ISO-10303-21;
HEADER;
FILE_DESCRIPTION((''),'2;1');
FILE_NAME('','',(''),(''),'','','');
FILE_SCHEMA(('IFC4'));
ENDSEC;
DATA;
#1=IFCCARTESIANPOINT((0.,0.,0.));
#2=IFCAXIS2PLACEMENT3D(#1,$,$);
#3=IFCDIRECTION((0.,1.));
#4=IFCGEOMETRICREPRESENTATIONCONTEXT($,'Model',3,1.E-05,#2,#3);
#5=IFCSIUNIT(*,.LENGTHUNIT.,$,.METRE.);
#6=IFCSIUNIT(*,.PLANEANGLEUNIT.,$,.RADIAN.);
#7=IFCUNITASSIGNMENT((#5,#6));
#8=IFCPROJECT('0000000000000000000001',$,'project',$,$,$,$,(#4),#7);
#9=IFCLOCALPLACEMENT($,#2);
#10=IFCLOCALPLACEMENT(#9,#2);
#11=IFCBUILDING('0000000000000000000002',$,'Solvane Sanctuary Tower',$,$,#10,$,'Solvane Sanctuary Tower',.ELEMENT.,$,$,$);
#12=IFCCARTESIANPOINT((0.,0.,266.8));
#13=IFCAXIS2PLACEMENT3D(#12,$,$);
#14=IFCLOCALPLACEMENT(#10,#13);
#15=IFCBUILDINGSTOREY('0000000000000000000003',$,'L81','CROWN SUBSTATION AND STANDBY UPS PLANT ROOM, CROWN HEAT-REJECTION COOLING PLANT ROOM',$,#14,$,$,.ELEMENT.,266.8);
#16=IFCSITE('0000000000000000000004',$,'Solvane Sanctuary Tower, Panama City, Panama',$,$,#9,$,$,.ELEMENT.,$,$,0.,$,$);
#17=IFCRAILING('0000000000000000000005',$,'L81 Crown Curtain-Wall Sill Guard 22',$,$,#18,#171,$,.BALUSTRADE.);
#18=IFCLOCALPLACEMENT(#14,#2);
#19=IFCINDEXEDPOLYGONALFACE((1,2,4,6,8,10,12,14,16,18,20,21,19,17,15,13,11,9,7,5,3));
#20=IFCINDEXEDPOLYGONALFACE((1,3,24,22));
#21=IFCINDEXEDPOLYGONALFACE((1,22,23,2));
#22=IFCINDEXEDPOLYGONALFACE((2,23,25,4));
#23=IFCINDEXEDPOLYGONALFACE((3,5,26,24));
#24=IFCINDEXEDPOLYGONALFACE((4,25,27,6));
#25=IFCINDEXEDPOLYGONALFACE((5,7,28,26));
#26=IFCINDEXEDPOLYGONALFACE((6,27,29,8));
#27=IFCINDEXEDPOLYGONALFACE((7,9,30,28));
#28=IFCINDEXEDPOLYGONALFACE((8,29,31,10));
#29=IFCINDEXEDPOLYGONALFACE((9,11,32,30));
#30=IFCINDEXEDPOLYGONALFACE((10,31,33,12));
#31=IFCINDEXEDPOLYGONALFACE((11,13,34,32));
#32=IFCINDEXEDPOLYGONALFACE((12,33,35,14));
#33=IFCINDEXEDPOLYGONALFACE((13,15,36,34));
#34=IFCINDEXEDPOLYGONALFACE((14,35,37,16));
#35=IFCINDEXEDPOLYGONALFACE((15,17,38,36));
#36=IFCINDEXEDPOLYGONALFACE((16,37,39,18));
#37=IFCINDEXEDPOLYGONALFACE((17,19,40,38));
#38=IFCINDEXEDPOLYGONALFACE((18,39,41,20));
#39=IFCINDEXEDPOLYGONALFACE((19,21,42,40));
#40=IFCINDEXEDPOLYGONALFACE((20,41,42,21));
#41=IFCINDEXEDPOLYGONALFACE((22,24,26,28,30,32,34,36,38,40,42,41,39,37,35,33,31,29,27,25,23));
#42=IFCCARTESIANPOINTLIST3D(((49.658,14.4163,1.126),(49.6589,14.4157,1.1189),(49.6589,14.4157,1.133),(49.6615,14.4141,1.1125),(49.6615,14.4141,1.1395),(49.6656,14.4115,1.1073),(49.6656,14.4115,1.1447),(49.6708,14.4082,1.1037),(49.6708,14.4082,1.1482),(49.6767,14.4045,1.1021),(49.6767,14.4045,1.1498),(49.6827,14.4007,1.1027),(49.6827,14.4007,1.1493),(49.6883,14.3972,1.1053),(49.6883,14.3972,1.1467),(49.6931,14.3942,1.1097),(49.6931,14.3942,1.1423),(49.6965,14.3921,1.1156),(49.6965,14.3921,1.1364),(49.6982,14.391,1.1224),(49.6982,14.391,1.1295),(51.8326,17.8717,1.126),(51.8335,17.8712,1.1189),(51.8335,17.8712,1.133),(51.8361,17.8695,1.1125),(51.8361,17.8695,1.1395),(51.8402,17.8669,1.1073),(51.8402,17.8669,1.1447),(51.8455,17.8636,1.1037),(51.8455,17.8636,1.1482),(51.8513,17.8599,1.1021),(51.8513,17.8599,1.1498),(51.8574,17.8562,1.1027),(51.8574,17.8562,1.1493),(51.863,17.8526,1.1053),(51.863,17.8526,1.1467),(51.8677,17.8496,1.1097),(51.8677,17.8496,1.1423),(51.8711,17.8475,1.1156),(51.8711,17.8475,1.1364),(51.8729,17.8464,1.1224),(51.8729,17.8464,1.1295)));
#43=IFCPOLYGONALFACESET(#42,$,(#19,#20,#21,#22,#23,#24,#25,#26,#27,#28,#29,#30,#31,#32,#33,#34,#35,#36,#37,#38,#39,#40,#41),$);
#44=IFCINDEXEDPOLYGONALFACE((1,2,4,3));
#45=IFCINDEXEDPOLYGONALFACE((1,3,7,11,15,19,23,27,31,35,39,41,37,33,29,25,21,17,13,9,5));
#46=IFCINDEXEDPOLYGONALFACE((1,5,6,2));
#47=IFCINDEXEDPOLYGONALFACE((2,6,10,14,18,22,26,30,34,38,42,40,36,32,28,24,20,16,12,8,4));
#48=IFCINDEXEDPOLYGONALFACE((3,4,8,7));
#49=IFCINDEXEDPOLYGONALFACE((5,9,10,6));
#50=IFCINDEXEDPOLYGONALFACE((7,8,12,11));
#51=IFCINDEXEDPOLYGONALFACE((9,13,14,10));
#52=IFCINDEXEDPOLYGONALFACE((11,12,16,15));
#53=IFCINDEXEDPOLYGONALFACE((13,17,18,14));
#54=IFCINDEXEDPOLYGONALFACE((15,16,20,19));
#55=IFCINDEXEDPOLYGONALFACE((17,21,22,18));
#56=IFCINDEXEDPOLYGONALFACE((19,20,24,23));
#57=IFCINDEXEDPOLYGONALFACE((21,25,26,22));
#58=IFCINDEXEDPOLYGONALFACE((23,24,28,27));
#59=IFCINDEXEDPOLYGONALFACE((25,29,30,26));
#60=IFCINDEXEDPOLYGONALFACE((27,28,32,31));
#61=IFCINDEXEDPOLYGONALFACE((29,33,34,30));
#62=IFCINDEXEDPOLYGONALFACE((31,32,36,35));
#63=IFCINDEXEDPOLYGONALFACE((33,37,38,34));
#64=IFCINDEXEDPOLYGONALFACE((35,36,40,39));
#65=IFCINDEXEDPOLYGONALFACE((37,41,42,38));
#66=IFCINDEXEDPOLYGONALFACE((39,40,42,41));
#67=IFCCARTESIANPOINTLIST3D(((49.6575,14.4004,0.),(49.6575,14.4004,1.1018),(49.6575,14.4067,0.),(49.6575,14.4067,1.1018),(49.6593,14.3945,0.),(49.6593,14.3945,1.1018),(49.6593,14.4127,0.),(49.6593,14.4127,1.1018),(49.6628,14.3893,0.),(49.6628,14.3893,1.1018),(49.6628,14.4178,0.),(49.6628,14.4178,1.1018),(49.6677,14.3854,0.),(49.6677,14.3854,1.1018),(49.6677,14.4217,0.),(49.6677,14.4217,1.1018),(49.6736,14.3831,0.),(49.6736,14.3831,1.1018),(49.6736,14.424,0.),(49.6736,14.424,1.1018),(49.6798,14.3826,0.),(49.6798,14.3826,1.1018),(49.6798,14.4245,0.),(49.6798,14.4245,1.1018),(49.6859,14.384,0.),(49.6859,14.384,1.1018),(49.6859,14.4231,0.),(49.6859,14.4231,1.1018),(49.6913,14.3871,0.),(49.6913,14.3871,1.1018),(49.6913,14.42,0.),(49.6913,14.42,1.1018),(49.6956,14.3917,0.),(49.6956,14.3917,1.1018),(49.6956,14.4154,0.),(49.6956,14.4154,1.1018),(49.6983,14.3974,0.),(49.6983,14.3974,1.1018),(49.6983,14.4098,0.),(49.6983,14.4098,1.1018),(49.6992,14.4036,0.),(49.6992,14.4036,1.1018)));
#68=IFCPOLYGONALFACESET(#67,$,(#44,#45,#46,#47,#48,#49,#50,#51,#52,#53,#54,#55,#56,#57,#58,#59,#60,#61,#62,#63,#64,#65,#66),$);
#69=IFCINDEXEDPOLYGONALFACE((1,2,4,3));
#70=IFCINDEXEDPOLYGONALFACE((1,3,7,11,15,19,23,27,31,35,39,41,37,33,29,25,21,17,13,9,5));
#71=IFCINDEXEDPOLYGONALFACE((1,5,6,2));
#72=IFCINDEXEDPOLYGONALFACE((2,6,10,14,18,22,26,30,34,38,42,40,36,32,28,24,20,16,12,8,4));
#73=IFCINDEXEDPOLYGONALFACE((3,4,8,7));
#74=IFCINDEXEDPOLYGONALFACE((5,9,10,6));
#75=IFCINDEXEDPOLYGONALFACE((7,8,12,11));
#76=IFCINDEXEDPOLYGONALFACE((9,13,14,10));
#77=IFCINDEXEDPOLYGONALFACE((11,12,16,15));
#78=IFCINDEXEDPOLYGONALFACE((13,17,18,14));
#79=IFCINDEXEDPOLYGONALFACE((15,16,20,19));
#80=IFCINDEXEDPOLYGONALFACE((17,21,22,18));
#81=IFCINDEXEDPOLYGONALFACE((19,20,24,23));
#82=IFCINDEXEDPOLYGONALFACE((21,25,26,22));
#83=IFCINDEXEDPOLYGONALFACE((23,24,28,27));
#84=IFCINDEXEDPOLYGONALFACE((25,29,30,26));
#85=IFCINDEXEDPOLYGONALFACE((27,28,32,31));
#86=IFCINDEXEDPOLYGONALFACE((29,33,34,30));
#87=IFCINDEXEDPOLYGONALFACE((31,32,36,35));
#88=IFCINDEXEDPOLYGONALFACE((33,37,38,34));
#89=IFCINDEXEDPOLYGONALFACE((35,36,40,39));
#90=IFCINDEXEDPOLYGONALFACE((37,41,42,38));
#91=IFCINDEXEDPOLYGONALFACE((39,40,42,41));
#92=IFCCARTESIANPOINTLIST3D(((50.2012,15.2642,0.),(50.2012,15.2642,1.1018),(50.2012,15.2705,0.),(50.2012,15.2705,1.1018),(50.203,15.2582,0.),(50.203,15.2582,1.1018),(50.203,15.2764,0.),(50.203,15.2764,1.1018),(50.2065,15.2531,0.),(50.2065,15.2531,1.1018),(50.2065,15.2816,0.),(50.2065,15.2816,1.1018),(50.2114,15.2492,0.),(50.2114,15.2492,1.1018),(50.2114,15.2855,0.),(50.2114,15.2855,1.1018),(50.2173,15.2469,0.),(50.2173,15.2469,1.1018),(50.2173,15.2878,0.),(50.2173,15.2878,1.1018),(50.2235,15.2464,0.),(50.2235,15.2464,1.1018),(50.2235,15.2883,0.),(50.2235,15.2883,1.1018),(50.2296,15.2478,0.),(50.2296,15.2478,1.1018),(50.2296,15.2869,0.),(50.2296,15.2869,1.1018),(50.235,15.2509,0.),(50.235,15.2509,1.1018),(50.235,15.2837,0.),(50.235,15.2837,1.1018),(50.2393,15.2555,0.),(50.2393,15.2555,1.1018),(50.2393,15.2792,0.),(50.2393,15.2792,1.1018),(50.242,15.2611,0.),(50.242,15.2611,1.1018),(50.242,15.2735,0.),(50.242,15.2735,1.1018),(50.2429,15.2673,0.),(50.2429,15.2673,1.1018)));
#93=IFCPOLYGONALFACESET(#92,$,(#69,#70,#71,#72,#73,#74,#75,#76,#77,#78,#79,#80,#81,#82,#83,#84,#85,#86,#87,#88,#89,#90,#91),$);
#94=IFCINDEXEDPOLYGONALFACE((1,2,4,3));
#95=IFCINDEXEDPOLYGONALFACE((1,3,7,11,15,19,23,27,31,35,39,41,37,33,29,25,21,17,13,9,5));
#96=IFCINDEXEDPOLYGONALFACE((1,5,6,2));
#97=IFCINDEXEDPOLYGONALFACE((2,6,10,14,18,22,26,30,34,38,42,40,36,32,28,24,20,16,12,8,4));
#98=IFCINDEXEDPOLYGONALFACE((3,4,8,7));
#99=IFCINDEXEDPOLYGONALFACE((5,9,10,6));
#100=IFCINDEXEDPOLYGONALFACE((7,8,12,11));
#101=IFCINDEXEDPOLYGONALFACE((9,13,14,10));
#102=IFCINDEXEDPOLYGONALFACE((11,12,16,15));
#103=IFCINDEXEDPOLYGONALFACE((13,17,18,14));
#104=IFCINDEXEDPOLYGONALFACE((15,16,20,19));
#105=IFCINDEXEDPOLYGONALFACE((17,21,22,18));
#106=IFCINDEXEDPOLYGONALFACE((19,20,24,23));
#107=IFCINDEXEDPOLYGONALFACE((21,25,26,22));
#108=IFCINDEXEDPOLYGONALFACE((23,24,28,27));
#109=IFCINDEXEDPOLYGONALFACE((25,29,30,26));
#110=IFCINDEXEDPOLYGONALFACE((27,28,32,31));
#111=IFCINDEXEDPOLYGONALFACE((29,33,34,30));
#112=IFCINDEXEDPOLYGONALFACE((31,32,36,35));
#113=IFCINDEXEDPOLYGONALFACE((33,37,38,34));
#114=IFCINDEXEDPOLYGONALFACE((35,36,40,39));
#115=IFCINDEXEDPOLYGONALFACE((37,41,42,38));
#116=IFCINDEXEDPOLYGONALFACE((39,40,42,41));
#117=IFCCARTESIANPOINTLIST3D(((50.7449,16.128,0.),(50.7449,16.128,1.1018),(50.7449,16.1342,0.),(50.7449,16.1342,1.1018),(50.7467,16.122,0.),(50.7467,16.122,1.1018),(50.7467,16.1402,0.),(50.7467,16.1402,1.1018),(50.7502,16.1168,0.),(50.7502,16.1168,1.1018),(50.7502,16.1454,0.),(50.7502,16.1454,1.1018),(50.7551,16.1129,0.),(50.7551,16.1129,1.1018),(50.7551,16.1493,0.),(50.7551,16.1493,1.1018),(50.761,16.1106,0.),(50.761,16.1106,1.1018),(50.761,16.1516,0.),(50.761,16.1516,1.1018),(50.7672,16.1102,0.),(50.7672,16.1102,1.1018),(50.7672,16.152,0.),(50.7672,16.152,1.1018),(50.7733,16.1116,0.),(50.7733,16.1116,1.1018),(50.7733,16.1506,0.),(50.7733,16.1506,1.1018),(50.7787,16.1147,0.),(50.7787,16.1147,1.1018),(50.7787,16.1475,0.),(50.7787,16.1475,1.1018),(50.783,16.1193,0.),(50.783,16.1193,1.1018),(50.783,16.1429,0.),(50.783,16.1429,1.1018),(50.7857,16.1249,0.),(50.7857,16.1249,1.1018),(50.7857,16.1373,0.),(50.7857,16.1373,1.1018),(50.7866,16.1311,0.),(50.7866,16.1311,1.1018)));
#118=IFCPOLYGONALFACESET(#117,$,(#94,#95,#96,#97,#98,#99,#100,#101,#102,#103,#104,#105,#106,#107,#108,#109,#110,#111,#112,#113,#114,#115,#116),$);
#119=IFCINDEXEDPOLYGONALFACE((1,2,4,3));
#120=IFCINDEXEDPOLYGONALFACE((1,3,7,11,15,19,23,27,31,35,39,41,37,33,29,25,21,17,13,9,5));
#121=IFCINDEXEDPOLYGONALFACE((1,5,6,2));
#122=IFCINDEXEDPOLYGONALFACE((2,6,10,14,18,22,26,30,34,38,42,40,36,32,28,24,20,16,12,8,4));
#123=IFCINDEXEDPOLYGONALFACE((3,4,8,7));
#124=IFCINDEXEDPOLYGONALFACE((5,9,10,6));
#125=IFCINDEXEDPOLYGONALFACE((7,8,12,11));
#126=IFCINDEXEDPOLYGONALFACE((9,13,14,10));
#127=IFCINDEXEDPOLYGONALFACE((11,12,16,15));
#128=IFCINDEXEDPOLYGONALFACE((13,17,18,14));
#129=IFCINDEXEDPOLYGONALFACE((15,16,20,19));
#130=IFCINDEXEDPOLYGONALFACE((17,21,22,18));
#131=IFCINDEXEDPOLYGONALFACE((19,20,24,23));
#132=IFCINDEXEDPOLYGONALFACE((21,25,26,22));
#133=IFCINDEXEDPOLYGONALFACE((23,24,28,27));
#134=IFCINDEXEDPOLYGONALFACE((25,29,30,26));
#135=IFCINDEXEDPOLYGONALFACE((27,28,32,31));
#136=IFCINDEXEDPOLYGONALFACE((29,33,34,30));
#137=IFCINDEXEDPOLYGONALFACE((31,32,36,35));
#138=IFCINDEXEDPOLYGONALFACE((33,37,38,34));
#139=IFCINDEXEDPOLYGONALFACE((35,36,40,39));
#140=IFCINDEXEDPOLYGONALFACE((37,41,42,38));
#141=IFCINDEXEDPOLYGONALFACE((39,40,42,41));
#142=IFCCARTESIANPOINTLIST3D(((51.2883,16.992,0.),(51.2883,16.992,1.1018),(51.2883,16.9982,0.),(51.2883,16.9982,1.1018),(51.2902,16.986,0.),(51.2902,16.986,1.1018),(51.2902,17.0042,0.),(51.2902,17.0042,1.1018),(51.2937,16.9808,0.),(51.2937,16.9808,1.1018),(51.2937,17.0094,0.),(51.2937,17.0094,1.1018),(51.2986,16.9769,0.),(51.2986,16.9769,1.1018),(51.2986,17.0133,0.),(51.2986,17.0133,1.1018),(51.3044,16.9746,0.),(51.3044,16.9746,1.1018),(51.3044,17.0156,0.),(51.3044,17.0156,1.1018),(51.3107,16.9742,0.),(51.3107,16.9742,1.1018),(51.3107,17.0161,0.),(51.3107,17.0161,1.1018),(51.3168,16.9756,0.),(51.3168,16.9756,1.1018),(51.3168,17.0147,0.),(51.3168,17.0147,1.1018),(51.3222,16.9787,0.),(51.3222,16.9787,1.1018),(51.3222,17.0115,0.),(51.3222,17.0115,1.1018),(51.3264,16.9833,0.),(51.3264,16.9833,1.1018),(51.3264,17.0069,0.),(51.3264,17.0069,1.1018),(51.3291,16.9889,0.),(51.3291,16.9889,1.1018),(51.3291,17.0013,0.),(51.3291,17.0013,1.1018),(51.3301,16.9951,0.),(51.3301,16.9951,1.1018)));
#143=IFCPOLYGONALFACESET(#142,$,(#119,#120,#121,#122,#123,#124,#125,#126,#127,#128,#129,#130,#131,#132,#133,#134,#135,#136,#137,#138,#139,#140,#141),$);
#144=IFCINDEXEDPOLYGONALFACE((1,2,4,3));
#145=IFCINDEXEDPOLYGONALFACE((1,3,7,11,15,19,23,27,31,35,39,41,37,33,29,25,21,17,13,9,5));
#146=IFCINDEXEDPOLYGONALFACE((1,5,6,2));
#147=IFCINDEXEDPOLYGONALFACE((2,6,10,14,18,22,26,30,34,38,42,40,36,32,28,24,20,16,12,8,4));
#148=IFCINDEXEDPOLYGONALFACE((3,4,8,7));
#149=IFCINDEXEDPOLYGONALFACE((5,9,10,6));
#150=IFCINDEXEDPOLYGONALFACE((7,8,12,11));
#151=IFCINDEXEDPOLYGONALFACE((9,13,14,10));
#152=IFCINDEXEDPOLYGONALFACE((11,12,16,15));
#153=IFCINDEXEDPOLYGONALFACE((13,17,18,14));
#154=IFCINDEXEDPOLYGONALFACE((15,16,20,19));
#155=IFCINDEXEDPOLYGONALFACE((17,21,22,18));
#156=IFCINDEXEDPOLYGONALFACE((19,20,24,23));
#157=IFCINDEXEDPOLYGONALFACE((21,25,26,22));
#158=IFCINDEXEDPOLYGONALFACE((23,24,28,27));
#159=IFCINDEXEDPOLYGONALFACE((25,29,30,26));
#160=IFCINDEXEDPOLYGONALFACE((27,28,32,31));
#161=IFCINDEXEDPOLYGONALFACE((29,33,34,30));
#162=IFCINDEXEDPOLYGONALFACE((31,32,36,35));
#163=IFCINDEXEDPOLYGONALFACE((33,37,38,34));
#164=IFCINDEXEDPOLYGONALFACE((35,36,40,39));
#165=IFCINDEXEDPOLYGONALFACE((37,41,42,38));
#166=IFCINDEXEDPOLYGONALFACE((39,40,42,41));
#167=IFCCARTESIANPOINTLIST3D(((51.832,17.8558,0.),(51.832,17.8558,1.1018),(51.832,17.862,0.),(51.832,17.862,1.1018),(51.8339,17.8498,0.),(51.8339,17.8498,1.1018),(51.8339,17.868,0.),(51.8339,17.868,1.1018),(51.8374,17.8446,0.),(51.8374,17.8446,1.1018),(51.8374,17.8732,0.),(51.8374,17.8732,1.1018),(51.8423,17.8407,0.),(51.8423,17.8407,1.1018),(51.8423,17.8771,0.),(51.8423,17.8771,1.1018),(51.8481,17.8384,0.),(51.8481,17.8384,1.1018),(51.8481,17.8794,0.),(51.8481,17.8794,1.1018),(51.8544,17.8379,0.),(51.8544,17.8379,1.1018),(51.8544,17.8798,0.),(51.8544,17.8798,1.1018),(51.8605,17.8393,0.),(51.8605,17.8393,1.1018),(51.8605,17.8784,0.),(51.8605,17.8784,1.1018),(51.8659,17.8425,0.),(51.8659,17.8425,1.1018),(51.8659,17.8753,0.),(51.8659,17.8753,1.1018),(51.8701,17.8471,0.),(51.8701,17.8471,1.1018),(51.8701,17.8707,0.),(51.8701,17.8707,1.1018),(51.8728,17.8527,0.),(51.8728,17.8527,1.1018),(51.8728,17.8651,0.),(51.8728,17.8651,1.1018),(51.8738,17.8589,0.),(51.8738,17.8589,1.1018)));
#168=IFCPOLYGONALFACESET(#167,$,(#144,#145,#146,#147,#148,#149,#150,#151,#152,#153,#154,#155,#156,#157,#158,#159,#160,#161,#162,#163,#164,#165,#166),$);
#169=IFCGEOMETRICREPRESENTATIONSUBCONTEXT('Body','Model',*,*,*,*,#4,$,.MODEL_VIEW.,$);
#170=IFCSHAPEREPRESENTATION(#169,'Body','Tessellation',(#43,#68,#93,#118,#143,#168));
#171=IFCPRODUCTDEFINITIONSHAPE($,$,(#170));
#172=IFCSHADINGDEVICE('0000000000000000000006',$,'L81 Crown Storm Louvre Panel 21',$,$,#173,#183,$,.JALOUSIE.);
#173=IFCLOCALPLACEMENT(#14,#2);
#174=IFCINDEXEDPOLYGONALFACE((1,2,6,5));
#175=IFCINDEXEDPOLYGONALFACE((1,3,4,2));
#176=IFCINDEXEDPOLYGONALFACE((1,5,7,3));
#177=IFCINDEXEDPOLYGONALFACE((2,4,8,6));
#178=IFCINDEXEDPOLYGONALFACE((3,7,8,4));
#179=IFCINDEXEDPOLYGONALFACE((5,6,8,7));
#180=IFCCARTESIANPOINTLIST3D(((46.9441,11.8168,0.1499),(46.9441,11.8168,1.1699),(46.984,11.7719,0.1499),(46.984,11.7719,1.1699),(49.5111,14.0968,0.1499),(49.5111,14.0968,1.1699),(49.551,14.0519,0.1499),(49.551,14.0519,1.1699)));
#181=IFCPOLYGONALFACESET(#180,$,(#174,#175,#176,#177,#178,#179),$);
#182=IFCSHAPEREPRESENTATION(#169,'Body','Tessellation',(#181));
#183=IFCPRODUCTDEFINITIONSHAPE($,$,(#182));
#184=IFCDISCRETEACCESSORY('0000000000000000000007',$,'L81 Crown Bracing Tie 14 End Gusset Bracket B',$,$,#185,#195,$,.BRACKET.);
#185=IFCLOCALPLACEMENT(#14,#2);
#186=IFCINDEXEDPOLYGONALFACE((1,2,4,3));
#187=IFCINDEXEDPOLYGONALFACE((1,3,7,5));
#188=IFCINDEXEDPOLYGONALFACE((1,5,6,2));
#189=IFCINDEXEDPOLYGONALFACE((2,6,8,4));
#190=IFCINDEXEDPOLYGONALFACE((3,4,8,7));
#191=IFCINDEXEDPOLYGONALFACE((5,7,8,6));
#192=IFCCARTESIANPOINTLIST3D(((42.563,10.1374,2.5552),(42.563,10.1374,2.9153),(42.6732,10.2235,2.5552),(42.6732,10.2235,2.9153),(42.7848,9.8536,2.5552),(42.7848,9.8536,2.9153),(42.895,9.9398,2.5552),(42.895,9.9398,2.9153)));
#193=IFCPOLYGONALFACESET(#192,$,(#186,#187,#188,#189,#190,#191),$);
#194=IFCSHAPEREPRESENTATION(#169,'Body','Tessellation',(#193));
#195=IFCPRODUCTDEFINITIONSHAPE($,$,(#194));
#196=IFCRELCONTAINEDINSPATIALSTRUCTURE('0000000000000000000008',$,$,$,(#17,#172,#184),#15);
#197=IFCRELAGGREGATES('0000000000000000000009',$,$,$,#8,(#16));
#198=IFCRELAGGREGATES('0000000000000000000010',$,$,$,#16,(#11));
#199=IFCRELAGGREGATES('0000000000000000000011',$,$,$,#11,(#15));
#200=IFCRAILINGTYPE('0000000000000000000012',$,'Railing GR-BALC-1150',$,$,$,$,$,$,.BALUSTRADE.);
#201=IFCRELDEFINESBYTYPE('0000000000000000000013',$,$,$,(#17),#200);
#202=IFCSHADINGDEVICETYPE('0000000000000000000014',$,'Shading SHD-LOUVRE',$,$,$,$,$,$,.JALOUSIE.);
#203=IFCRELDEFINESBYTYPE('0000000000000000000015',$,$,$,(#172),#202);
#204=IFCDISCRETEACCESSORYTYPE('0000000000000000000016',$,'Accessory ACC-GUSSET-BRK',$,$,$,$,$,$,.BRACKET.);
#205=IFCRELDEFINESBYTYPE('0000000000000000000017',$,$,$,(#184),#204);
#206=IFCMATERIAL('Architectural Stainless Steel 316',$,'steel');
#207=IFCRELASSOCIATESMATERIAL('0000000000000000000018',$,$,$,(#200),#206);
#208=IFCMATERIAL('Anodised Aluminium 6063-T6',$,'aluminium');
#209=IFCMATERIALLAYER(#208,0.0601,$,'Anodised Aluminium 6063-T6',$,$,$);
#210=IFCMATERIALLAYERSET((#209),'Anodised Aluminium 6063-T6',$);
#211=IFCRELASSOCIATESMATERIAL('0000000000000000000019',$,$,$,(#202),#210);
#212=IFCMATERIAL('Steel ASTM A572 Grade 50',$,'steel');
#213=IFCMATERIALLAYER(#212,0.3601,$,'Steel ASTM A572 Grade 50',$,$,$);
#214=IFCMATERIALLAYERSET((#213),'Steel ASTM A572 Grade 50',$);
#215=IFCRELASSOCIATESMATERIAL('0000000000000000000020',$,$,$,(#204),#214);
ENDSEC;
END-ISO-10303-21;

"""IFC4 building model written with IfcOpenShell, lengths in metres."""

from ifc_helpers import new_model, si_unit, direction, frame, origin, origin_2d, place, context, subcontext, project, spatial, rectangle, circle, extrude, material, layer, layer_set, type_object, element, save


model = new_model("IFC4")

# Units and contexts
model_context = context("Model", 3, precision=1e-05, world=origin(), true_north=direction((0.0, 1.0)))
body_context = subcontext(model_context, "Body", "Model", "MODEL_VIEW")
ifc_project = project(units=[si_unit("LENGTHUNIT", "METRE"), si_unit("PLANEANGLEUNIT", "RADIAN")], contexts=[model_context])

# Site, building, storey
site_placement = place(None, origin())
site = spatial("IfcSite", under=ifc_project, at=site_placement, Name="Solvane Sanctuary Tower, Panama City, Panama", CompositionType="ELEMENT", RefElevation=0.0)
building_placement = place(site_placement, origin())
building = spatial("IfcBuilding", under=site, at=building_placement, Name="Solvane Sanctuary Tower", LongName="Solvane Sanctuary Tower", CompositionType="ELEMENT")
storey_placement = place(building_placement, frame((0.0, 0.0, 266.8)))
storey = spatial("IfcBuildingStorey", under=building, at=storey_placement, Name="L81", Description="CROWN SUBSTATION AND STANDBY UPS PLANT ROOM, CROWN HEAT-REJECTION COOLING PLANT ROOM", CompositionType="ELEMENT", Elevation=266.8)

# Shared definitions
ifc_material_1 = material(Name="Anodised Aluminium 6063-T6", Category="aluminium")

# Railing
ifc_material_2 = material(Name="Architectural Stainless Steel 316", Category="steel")
railing_type = type_object("IfcRailingType", Name="Railing GR-BALC-1150", PredefinedType="BALUSTRADE", material=ifc_material_2)
railing_1_placement = place(storey_placement, frame((49.6782, 14.4036, 0.0)))
element("IfcRailing", 1, at=railing_1_placement, inside=storey, type_object=railing_type, Name="L81 Crown Curtain-Wall Sill Guard 22", PredefinedType="BALUSTRADE", context=body_context, shape_type="SweptSolid", body=[
    extrude(circle(Radius=0.0239, at=origin_2d()), frame((0.0, 0.0, 1.126), z_axis=(0.532636, 0.846345, 0.0), x_axis=(-0.846345, 0.532636, 0.0)), (0.0, 0.0, 1.0), 4.0828),
    extrude(circle(Radius=0.021, at=origin_2d()), origin(), (0.0, 0.0, 1.0), 1.1018),
    extrude(circle(Radius=0.021, at=origin_2d()), frame((0.5437, 0.8638, 0.0)), (0.0, 0.0, 1.0), 1.1018),
    extrude(circle(Radius=0.021, at=origin_2d()), frame((1.0874, 1.7275, 0.0)), (0.0, 0.0, 1.0), 1.1018),
    extrude(circle(Radius=0.021, at=origin_2d()), frame((1.6309, 2.5916, 0.0)), (0.0, 0.0, 1.0), 1.1018),
    extrude(circle(Radius=0.021, at=origin_2d()), frame((2.1746, 3.4553, 0.0)), (0.0, 0.0, 1.0), 1.1018),
])

# Shading device
ifc_layer_1 = layer(ifc_material_1, 0.0601, Name="Anodised Aluminium 6063-T6")
ifc_layer_set_1 = layer_set([ifc_layer_1], Name="Anodised Aluminium 6063-T6")
shading_device_type = type_object("IfcShadingDeviceType", Name="Shading SHD-LOUVRE", PredefinedType="JALOUSIE", material=ifc_layer_set_1)
shading_device_placement = place(storey_placement, frame((48.2476, 12.9343, 0.1499), z_axis=(0.0, 0.0, 1.0), x_axis=(0.747659, 0.664083, 0.0)))
element("IfcShadingDevice", 2, at=shading_device_placement, inside=storey, type_object=shading_device_type, Name="L81 Crown Storm Louvre Panel 21", PredefinedType="JALOUSIE", context=body_context, shape_type="SweptSolid", body=[
    extrude(rectangle(XDim=3.4333, YDim=0.0601, at=origin_2d()), origin(), (0.0, 0.0, 1.0), 1.02),
])

# Discrete accessory
ifc_material_3 = material(Name="Steel ASTM A572 Grade 50", Category="steel")
ifc_layer_2 = layer(ifc_material_3, 0.3601, Name="Steel ASTM A572 Grade 50")
ifc_layer_set_2 = layer_set([ifc_layer_2], Name="Steel ASTM A572 Grade 50")
discrete_accessory_type = type_object("IfcDiscreteAccessoryType", Name="Accessory ACC-GUSSET-BRK", PredefinedType="BRACKET", material=ifc_layer_set_2)
discrete_accessory_placement = place(storey_placement, frame((42.729, 10.0386, 2.5552), z_axis=(0.0, 0.0, 1.0), x_axis=(0.615799, -0.787903, 0.0)))
element("IfcDiscreteAccessory", 3, at=discrete_accessory_placement, inside=storey, type_object=discrete_accessory_type, Name="L81 Crown Bracing Tie 14 End Gusset Bracket B", PredefinedType="BRACKET", context=body_context, shape_type="SweptSolid", body=[
    extrude(rectangle(XDim=0.3601, YDim=0.1399, at=origin_2d()), origin(), (0.0, 0.0, 1.0), 0.3601),
])

save(model, "model.ifc")
